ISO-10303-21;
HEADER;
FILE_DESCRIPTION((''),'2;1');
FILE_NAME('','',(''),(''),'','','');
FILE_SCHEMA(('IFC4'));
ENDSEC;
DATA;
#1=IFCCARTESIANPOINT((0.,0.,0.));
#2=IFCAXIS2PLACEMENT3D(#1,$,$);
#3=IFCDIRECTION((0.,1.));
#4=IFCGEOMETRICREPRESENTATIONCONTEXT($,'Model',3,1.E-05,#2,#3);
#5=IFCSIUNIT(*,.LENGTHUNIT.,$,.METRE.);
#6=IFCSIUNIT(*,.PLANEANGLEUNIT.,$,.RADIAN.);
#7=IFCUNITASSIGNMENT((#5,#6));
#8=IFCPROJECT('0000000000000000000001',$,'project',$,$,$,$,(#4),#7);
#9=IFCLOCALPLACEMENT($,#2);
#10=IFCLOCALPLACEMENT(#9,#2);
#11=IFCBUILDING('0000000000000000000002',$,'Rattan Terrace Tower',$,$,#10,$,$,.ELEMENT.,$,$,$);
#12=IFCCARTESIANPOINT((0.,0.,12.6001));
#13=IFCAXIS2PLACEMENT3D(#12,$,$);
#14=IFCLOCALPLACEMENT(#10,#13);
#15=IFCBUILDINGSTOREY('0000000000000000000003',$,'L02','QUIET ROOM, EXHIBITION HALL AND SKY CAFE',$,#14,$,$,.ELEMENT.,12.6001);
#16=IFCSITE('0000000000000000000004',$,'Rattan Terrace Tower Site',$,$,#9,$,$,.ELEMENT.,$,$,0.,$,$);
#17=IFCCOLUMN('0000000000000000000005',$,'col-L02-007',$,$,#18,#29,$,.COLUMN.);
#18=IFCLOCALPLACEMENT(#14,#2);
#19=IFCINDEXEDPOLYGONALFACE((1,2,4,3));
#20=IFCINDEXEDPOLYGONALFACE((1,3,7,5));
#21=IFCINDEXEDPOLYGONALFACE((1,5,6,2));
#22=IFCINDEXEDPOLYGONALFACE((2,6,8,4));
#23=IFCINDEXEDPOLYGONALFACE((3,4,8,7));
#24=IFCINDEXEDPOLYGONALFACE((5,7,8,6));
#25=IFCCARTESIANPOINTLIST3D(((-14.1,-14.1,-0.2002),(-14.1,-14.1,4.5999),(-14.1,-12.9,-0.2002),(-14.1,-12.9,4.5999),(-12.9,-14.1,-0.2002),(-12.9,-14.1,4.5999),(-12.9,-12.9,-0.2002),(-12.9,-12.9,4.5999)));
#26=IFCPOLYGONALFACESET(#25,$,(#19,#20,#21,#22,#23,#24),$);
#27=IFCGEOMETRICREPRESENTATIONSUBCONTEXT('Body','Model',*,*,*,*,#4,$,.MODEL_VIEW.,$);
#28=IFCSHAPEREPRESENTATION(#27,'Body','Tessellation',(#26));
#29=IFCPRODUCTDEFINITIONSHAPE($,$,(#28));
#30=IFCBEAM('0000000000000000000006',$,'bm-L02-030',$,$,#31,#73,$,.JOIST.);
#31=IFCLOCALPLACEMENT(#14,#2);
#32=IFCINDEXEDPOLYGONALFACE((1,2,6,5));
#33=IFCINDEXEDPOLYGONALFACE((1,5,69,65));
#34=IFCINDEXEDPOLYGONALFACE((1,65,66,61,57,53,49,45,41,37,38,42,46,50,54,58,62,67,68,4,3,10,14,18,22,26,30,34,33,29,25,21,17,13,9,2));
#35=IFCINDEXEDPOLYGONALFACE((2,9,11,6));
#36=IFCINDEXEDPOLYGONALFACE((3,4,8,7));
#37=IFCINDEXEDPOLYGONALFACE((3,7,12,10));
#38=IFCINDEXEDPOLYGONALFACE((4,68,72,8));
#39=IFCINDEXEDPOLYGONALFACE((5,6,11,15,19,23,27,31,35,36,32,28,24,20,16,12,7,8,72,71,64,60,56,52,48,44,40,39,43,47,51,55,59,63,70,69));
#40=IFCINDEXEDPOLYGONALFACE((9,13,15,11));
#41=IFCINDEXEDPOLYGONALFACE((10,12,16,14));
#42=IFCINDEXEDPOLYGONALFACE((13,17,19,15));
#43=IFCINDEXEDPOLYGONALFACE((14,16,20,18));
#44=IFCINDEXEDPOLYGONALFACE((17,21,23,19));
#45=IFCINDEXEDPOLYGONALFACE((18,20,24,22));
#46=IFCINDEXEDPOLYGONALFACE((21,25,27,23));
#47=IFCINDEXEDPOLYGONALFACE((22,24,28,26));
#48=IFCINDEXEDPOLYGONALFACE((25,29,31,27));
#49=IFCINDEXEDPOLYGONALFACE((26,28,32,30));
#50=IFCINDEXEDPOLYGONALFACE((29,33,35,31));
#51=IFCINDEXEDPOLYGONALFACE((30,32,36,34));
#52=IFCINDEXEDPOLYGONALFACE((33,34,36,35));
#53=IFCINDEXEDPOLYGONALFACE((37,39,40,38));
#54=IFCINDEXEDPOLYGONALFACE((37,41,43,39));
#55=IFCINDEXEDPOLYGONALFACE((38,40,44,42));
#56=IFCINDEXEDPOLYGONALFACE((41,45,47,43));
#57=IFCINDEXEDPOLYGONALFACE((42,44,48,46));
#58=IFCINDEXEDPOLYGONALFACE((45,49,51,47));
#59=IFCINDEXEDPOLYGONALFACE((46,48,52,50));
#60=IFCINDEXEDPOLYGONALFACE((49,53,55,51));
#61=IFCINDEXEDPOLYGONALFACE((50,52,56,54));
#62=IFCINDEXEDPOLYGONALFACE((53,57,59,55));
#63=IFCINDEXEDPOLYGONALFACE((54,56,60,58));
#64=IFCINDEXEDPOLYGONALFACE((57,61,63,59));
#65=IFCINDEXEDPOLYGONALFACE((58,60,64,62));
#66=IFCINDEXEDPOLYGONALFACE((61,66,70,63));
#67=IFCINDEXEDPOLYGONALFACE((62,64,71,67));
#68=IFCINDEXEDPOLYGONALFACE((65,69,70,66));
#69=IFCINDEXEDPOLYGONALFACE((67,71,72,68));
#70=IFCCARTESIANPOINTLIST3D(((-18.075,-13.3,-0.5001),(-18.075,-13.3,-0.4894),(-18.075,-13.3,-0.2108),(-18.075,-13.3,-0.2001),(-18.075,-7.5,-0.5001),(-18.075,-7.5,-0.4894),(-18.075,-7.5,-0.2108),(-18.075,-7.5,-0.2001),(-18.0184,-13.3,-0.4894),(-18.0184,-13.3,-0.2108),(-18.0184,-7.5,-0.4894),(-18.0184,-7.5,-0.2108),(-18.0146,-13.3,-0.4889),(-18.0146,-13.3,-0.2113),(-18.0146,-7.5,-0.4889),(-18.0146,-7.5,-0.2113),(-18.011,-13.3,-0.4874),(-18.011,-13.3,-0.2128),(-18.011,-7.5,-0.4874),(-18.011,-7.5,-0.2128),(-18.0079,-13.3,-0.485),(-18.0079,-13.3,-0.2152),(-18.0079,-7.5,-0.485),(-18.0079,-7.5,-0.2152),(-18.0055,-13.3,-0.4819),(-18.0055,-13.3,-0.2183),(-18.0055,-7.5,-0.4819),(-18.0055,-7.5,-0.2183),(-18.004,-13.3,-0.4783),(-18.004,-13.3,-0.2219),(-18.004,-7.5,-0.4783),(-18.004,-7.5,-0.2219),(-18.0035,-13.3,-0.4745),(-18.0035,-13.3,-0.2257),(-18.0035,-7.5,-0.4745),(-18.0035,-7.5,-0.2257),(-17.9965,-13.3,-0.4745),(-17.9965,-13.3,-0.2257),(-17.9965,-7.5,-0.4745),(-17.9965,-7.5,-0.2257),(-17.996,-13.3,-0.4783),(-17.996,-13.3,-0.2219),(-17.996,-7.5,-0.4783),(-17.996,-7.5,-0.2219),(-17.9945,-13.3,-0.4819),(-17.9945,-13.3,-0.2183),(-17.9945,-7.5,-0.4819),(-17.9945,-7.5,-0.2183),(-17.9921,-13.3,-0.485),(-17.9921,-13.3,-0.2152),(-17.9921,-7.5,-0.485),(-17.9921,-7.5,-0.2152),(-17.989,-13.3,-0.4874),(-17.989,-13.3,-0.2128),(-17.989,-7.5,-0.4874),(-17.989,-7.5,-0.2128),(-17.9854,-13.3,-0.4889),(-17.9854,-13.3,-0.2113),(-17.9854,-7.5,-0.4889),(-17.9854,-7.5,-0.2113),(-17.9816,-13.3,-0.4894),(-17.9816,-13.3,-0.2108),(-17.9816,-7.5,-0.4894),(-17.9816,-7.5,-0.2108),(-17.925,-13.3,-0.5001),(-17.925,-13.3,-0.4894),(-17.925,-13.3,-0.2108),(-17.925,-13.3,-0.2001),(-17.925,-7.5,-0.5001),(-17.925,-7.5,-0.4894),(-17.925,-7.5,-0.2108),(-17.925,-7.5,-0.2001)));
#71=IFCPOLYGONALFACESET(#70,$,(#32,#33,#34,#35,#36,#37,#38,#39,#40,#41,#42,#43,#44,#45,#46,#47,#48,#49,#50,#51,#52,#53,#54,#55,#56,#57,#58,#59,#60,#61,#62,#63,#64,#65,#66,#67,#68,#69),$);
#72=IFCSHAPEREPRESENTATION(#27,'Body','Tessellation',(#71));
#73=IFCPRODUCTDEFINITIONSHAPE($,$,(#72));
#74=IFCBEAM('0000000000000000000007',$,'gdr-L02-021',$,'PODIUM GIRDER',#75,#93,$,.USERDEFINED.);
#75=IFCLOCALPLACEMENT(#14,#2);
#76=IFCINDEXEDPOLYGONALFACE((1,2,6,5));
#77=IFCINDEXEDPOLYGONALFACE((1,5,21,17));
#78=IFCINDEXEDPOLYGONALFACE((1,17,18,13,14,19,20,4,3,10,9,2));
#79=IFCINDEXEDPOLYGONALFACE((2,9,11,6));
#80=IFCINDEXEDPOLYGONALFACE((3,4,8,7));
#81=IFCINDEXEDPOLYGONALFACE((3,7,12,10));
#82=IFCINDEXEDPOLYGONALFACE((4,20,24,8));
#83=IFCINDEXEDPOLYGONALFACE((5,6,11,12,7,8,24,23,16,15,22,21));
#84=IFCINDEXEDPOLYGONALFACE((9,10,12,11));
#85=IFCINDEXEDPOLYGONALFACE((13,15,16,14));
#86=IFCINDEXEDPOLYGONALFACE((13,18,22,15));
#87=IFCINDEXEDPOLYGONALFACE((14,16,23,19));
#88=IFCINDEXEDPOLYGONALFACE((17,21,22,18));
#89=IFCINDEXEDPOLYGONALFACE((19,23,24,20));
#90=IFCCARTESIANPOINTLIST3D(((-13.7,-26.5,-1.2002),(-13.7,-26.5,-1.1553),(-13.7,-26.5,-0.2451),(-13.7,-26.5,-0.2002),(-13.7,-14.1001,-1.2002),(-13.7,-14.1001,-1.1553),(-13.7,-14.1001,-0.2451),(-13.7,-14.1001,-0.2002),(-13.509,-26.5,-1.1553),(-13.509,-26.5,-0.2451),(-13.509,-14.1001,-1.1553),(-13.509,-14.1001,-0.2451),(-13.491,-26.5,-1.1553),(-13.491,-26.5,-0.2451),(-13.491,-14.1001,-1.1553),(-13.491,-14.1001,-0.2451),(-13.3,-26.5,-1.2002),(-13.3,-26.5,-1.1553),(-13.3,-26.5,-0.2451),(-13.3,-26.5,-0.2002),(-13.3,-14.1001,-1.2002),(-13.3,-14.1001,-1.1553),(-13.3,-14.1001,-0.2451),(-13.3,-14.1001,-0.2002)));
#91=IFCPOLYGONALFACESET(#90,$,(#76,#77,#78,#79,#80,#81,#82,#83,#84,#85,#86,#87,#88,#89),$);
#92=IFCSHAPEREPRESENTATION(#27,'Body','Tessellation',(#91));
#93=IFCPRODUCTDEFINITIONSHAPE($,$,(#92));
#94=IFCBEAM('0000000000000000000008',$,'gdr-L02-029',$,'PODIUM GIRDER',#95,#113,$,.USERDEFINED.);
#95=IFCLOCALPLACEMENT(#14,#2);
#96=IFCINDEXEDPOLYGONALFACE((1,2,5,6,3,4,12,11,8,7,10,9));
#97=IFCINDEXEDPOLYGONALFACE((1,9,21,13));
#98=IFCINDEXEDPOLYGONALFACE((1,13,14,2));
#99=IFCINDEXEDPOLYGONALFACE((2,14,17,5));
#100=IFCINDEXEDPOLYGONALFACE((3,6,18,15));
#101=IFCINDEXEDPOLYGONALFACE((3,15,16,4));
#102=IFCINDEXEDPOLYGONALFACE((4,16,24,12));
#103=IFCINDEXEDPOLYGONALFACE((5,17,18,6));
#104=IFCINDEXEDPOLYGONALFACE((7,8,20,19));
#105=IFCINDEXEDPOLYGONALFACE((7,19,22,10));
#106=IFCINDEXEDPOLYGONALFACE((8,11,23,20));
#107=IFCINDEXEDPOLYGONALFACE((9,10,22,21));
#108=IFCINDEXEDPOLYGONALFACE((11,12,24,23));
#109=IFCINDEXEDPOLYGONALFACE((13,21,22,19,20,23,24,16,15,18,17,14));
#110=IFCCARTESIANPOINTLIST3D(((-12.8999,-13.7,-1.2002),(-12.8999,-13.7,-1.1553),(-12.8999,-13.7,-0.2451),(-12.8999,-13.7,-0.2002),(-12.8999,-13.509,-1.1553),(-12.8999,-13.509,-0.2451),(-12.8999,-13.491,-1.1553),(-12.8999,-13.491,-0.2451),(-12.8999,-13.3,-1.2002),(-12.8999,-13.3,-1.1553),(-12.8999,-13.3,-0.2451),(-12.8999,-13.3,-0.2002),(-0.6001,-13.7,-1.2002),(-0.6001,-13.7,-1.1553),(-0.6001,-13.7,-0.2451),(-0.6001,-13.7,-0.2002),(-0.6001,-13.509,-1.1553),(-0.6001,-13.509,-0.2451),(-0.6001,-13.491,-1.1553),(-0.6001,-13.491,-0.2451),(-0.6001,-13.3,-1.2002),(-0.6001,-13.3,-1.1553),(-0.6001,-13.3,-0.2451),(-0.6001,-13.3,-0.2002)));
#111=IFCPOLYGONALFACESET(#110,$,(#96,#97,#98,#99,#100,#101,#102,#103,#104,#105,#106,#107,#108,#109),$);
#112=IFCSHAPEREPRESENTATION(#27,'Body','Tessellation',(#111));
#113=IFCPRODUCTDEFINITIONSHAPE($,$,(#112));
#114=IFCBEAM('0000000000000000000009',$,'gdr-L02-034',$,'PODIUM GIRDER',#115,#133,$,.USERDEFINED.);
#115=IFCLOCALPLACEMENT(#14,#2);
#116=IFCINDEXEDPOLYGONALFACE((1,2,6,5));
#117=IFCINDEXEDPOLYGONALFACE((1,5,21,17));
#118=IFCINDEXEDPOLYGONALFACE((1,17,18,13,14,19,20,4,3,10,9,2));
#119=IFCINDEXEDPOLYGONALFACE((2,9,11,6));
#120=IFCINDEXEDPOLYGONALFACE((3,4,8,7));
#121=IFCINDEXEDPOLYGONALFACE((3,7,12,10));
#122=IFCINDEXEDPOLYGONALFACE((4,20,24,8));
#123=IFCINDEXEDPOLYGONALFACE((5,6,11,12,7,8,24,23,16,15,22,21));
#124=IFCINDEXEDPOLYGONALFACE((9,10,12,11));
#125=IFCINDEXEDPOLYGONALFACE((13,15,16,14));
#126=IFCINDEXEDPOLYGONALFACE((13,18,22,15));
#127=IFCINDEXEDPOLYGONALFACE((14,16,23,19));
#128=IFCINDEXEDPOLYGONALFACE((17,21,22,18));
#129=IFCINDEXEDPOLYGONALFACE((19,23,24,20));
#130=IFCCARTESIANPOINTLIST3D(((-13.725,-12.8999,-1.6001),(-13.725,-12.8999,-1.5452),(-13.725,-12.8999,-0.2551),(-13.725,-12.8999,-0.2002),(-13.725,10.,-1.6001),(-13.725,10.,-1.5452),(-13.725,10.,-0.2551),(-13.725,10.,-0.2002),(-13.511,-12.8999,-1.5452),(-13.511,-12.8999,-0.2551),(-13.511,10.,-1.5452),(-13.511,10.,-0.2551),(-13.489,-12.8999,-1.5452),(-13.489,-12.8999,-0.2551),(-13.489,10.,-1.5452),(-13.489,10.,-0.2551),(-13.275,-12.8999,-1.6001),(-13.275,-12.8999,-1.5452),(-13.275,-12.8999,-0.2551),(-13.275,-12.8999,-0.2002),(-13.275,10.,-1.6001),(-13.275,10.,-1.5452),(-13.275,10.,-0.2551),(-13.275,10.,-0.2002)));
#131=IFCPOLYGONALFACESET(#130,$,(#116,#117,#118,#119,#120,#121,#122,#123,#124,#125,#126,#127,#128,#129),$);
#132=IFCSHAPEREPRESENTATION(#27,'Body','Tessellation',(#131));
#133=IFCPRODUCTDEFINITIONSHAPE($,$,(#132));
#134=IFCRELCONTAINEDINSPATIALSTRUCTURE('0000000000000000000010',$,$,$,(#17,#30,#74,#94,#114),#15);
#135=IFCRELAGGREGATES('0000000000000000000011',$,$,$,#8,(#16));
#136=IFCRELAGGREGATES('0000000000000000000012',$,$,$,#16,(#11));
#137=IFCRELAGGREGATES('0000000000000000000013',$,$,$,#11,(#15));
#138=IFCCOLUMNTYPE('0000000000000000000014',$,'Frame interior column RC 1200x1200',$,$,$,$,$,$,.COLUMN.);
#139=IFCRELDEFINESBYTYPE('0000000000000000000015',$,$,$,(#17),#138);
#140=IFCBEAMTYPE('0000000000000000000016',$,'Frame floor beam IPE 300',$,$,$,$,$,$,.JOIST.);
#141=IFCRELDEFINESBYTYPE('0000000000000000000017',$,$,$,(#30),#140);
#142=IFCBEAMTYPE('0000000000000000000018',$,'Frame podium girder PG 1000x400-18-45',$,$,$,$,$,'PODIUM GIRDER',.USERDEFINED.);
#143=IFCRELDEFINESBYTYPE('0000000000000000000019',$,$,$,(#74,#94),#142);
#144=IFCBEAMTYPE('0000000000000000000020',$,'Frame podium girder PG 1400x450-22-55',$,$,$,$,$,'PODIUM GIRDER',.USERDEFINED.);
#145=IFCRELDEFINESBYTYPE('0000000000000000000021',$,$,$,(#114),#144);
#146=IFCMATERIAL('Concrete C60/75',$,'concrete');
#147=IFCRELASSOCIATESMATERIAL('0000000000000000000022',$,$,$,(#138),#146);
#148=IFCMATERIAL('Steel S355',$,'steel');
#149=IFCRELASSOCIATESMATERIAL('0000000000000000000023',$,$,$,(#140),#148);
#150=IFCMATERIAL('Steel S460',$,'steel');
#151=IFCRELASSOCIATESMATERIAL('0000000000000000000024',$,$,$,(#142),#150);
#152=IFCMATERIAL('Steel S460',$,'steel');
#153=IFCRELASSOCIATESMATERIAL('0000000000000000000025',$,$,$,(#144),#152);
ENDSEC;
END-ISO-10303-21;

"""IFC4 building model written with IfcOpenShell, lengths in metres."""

from ifc_helpers import new_model, si_unit, direction, frame, origin, origin_2d, place, context, subcontext, project, spatial, rectangle, i_section, extrude, material, material_profile, profile_set, type_object, element, save


model = new_model("IFC4")

# Units and contexts
model_context = context("Model", 3, precision=1e-05, world=origin(), true_north=direction((0.0, 1.0)))
body_context = subcontext(model_context, "Body", "Model", "MODEL_VIEW")
ifc_project = project(units=[si_unit("LENGTHUNIT", "METRE"), si_unit("PLANEANGLEUNIT", "RADIAN")], contexts=[model_context])

# Site, building, storey
site_placement = place(None, origin())
site = spatial("IfcSite", under=ifc_project, at=site_placement, Name="Rattan Terrace Tower Site", CompositionType="ELEMENT", RefElevation=0.0)
building_placement = place(site_placement, origin())
building = spatial("IfcBuilding", under=site, at=building_placement, Name="Rattan Terrace Tower", CompositionType="ELEMENT")
storey_placement = place(building_placement, frame((0.0, 0.0, 12.6001)))
storey = spatial("IfcBuildingStorey", under=building, at=storey_placement, Name="L02", Description="QUIET ROOM, EXHIBITION HALL AND SKY CAFE", CompositionType="ELEMENT", Elevation=12.6001)

# Column
ifc_material_1 = material(Name="Concrete C60/75", Category="concrete")
ifc_material_profile_1 = material_profile(ifc_material_1, rectangle(XDim=1.2, YDim=1.2, at=origin_2d()), Name="RC 1200x1200")
ifc_profile_set_1 = profile_set([ifc_material_profile_1], Name="Concrete C60/75")
column_type = type_object("IfcColumnType", Name="Frame interior column RC 1200x1200", PredefinedType="COLUMN", material=ifc_profile_set_1)
column_placement = place(storey_placement, frame((-13.5, -13.5, -0.2002), z_axis=(0.0, 0.0, 1.0), x_axis=(1.0, 0.0, 0.0)))
element("IfcColumn", 1, at=column_placement, inside=storey, type_object=column_type, Name="col-L02-007", PredefinedType="COLUMN", context=body_context, shape_type="SweptSolid", body=[
    extrude(rectangle(XDim=1.2, YDim=1.2, at=origin_2d()), origin(), (0.0, 0.0, 1.0), 4.8),
])

# Beams
ifc_material_2 = material(Name="Steel S355", Category="steel")
ifc_material_profile_2 = material_profile(ifc_material_2, i_section(OverallWidth=0.1499, OverallDepth=0.3, WebThickness=0.0071, FlangeThickness=0.0107, FilletRadius=0.0149, at=origin_2d()), Name="IPE 300")
ifc_profile_set_2 = profile_set([ifc_material_profile_2], Name="Steel S355")
beam_type_1 = type_object("IfcBeamType", Name="Frame floor beam IPE 300", PredefinedType="JOIST", material=ifc_profile_set_2)
beam_1_placement = place(storey_placement, frame((-18.0, -13.3, -0.3501), z_axis=(0.0, 1.0, 0.0), x_axis=(-1.0, 0.0, 0.0)))
element("IfcBeam", 2, at=beam_1_placement, inside=storey, type_object=beam_type_1, Name="bm-L02-030", PredefinedType="JOIST", context=body_context, shape_type="SweptSolid", body=[
    extrude(i_section(OverallWidth=0.1499, OverallDepth=0.3, WebThickness=0.0071, FlangeThickness=0.0107, FilletRadius=0.0149, at=origin_2d()), origin(), (0.0, 0.0, 1.0), 5.8),
])
ifc_material_3 = material(Name="Steel S460", Category="steel")
ifc_material_profile_3 = material_profile(ifc_material_3, i_section(OverallWidth=0.3999, OverallDepth=1.0, WebThickness=0.0181, FlangeThickness=0.0449, at=origin_2d()), Name="PG 1000x400-18-45")
ifc_profile_set_3 = profile_set([ifc_material_profile_3], Name="Steel S460")
beam_type_2 = type_object("IfcBeamType", Name="Frame podium girder PG 1000x400-18-45", ElementType="PODIUM GIRDER", PredefinedType="USERDEFINED", material=ifc_profile_set_3)
beam_2_placement = place(storey_placement, frame((-13.5, -26.5, -0.7002), z_axis=(0.0, 1.0, 0.0), x_axis=(-1.0, 0.0, 0.0)))
element("IfcBeam", 3, at=beam_2_placement, inside=storey, type_object=beam_type_2, Name="gdr-L02-021", ObjectType="PODIUM GIRDER", PredefinedType="USERDEFINED", context=body_context, shape_type="SweptSolid", body=[
    extrude(i_section(OverallWidth=0.3999, OverallDepth=1.0, WebThickness=0.0181, FlangeThickness=0.0449, at=origin_2d()), origin(), (0.0, 0.0, 1.0), 12.3999),
])
beam_3_placement = place(storey_placement, frame((-12.8999, -13.5, -0.7002), z_axis=(1.0, 0.0, 0.0), x_axis=(0.0, 1.0, 0.0)))
element("IfcBeam", 4, at=beam_3_placement, inside=storey, type_object=beam_type_2, Name="gdr-L02-029", ObjectType="PODIUM GIRDER", PredefinedType="USERDEFINED", context=body_context, shape_type="SweptSolid", body=[
    extrude(i_section(OverallWidth=0.3999, OverallDepth=1.0, WebThickness=0.0181, FlangeThickness=0.0449, at=origin_2d()), origin(), (0.0, 0.0, 1.0), 12.2998),
])
ifc_material_4 = material(Name="Steel S460", Category="steel")
ifc_material_profile_4 = material_profile(ifc_material_4, i_section(OverallWidth=0.45, OverallDepth=1.3999, WebThickness=0.022, FlangeThickness=0.0549, at=origin_2d()), Name="PG 1400x450-22-55")
ifc_profile_set_4 = profile_set([ifc_material_profile_4], Name="Steel S460")
beam_type_3 = type_object("IfcBeamType", Name="Frame podium girder PG 1400x450-22-55", ElementType="PODIUM GIRDER", PredefinedType="USERDEFINED", material=ifc_profile_set_4)
beam_4_placement = place(storey_placement, frame((-13.5, -12.8999, -0.9001), z_axis=(0.0, 1.0, 0.0), x_axis=(-1.0, 0.0, 0.0)))
element("IfcBeam", 5, at=beam_4_placement, inside=storey, type_object=beam_type_3, Name="gdr-L02-034", ObjectType="PODIUM GIRDER", PredefinedType="USERDEFINED", context=body_context, shape_type="SweptSolid", body=[
    extrude(i_section(OverallWidth=0.45, OverallDepth=1.3999, WebThickness=0.022, FlangeThickness=0.0549, at=origin_2d()), origin(), (0.0, 0.0, 1.0), 22.8999),
])

save(model, "model.ifc")
